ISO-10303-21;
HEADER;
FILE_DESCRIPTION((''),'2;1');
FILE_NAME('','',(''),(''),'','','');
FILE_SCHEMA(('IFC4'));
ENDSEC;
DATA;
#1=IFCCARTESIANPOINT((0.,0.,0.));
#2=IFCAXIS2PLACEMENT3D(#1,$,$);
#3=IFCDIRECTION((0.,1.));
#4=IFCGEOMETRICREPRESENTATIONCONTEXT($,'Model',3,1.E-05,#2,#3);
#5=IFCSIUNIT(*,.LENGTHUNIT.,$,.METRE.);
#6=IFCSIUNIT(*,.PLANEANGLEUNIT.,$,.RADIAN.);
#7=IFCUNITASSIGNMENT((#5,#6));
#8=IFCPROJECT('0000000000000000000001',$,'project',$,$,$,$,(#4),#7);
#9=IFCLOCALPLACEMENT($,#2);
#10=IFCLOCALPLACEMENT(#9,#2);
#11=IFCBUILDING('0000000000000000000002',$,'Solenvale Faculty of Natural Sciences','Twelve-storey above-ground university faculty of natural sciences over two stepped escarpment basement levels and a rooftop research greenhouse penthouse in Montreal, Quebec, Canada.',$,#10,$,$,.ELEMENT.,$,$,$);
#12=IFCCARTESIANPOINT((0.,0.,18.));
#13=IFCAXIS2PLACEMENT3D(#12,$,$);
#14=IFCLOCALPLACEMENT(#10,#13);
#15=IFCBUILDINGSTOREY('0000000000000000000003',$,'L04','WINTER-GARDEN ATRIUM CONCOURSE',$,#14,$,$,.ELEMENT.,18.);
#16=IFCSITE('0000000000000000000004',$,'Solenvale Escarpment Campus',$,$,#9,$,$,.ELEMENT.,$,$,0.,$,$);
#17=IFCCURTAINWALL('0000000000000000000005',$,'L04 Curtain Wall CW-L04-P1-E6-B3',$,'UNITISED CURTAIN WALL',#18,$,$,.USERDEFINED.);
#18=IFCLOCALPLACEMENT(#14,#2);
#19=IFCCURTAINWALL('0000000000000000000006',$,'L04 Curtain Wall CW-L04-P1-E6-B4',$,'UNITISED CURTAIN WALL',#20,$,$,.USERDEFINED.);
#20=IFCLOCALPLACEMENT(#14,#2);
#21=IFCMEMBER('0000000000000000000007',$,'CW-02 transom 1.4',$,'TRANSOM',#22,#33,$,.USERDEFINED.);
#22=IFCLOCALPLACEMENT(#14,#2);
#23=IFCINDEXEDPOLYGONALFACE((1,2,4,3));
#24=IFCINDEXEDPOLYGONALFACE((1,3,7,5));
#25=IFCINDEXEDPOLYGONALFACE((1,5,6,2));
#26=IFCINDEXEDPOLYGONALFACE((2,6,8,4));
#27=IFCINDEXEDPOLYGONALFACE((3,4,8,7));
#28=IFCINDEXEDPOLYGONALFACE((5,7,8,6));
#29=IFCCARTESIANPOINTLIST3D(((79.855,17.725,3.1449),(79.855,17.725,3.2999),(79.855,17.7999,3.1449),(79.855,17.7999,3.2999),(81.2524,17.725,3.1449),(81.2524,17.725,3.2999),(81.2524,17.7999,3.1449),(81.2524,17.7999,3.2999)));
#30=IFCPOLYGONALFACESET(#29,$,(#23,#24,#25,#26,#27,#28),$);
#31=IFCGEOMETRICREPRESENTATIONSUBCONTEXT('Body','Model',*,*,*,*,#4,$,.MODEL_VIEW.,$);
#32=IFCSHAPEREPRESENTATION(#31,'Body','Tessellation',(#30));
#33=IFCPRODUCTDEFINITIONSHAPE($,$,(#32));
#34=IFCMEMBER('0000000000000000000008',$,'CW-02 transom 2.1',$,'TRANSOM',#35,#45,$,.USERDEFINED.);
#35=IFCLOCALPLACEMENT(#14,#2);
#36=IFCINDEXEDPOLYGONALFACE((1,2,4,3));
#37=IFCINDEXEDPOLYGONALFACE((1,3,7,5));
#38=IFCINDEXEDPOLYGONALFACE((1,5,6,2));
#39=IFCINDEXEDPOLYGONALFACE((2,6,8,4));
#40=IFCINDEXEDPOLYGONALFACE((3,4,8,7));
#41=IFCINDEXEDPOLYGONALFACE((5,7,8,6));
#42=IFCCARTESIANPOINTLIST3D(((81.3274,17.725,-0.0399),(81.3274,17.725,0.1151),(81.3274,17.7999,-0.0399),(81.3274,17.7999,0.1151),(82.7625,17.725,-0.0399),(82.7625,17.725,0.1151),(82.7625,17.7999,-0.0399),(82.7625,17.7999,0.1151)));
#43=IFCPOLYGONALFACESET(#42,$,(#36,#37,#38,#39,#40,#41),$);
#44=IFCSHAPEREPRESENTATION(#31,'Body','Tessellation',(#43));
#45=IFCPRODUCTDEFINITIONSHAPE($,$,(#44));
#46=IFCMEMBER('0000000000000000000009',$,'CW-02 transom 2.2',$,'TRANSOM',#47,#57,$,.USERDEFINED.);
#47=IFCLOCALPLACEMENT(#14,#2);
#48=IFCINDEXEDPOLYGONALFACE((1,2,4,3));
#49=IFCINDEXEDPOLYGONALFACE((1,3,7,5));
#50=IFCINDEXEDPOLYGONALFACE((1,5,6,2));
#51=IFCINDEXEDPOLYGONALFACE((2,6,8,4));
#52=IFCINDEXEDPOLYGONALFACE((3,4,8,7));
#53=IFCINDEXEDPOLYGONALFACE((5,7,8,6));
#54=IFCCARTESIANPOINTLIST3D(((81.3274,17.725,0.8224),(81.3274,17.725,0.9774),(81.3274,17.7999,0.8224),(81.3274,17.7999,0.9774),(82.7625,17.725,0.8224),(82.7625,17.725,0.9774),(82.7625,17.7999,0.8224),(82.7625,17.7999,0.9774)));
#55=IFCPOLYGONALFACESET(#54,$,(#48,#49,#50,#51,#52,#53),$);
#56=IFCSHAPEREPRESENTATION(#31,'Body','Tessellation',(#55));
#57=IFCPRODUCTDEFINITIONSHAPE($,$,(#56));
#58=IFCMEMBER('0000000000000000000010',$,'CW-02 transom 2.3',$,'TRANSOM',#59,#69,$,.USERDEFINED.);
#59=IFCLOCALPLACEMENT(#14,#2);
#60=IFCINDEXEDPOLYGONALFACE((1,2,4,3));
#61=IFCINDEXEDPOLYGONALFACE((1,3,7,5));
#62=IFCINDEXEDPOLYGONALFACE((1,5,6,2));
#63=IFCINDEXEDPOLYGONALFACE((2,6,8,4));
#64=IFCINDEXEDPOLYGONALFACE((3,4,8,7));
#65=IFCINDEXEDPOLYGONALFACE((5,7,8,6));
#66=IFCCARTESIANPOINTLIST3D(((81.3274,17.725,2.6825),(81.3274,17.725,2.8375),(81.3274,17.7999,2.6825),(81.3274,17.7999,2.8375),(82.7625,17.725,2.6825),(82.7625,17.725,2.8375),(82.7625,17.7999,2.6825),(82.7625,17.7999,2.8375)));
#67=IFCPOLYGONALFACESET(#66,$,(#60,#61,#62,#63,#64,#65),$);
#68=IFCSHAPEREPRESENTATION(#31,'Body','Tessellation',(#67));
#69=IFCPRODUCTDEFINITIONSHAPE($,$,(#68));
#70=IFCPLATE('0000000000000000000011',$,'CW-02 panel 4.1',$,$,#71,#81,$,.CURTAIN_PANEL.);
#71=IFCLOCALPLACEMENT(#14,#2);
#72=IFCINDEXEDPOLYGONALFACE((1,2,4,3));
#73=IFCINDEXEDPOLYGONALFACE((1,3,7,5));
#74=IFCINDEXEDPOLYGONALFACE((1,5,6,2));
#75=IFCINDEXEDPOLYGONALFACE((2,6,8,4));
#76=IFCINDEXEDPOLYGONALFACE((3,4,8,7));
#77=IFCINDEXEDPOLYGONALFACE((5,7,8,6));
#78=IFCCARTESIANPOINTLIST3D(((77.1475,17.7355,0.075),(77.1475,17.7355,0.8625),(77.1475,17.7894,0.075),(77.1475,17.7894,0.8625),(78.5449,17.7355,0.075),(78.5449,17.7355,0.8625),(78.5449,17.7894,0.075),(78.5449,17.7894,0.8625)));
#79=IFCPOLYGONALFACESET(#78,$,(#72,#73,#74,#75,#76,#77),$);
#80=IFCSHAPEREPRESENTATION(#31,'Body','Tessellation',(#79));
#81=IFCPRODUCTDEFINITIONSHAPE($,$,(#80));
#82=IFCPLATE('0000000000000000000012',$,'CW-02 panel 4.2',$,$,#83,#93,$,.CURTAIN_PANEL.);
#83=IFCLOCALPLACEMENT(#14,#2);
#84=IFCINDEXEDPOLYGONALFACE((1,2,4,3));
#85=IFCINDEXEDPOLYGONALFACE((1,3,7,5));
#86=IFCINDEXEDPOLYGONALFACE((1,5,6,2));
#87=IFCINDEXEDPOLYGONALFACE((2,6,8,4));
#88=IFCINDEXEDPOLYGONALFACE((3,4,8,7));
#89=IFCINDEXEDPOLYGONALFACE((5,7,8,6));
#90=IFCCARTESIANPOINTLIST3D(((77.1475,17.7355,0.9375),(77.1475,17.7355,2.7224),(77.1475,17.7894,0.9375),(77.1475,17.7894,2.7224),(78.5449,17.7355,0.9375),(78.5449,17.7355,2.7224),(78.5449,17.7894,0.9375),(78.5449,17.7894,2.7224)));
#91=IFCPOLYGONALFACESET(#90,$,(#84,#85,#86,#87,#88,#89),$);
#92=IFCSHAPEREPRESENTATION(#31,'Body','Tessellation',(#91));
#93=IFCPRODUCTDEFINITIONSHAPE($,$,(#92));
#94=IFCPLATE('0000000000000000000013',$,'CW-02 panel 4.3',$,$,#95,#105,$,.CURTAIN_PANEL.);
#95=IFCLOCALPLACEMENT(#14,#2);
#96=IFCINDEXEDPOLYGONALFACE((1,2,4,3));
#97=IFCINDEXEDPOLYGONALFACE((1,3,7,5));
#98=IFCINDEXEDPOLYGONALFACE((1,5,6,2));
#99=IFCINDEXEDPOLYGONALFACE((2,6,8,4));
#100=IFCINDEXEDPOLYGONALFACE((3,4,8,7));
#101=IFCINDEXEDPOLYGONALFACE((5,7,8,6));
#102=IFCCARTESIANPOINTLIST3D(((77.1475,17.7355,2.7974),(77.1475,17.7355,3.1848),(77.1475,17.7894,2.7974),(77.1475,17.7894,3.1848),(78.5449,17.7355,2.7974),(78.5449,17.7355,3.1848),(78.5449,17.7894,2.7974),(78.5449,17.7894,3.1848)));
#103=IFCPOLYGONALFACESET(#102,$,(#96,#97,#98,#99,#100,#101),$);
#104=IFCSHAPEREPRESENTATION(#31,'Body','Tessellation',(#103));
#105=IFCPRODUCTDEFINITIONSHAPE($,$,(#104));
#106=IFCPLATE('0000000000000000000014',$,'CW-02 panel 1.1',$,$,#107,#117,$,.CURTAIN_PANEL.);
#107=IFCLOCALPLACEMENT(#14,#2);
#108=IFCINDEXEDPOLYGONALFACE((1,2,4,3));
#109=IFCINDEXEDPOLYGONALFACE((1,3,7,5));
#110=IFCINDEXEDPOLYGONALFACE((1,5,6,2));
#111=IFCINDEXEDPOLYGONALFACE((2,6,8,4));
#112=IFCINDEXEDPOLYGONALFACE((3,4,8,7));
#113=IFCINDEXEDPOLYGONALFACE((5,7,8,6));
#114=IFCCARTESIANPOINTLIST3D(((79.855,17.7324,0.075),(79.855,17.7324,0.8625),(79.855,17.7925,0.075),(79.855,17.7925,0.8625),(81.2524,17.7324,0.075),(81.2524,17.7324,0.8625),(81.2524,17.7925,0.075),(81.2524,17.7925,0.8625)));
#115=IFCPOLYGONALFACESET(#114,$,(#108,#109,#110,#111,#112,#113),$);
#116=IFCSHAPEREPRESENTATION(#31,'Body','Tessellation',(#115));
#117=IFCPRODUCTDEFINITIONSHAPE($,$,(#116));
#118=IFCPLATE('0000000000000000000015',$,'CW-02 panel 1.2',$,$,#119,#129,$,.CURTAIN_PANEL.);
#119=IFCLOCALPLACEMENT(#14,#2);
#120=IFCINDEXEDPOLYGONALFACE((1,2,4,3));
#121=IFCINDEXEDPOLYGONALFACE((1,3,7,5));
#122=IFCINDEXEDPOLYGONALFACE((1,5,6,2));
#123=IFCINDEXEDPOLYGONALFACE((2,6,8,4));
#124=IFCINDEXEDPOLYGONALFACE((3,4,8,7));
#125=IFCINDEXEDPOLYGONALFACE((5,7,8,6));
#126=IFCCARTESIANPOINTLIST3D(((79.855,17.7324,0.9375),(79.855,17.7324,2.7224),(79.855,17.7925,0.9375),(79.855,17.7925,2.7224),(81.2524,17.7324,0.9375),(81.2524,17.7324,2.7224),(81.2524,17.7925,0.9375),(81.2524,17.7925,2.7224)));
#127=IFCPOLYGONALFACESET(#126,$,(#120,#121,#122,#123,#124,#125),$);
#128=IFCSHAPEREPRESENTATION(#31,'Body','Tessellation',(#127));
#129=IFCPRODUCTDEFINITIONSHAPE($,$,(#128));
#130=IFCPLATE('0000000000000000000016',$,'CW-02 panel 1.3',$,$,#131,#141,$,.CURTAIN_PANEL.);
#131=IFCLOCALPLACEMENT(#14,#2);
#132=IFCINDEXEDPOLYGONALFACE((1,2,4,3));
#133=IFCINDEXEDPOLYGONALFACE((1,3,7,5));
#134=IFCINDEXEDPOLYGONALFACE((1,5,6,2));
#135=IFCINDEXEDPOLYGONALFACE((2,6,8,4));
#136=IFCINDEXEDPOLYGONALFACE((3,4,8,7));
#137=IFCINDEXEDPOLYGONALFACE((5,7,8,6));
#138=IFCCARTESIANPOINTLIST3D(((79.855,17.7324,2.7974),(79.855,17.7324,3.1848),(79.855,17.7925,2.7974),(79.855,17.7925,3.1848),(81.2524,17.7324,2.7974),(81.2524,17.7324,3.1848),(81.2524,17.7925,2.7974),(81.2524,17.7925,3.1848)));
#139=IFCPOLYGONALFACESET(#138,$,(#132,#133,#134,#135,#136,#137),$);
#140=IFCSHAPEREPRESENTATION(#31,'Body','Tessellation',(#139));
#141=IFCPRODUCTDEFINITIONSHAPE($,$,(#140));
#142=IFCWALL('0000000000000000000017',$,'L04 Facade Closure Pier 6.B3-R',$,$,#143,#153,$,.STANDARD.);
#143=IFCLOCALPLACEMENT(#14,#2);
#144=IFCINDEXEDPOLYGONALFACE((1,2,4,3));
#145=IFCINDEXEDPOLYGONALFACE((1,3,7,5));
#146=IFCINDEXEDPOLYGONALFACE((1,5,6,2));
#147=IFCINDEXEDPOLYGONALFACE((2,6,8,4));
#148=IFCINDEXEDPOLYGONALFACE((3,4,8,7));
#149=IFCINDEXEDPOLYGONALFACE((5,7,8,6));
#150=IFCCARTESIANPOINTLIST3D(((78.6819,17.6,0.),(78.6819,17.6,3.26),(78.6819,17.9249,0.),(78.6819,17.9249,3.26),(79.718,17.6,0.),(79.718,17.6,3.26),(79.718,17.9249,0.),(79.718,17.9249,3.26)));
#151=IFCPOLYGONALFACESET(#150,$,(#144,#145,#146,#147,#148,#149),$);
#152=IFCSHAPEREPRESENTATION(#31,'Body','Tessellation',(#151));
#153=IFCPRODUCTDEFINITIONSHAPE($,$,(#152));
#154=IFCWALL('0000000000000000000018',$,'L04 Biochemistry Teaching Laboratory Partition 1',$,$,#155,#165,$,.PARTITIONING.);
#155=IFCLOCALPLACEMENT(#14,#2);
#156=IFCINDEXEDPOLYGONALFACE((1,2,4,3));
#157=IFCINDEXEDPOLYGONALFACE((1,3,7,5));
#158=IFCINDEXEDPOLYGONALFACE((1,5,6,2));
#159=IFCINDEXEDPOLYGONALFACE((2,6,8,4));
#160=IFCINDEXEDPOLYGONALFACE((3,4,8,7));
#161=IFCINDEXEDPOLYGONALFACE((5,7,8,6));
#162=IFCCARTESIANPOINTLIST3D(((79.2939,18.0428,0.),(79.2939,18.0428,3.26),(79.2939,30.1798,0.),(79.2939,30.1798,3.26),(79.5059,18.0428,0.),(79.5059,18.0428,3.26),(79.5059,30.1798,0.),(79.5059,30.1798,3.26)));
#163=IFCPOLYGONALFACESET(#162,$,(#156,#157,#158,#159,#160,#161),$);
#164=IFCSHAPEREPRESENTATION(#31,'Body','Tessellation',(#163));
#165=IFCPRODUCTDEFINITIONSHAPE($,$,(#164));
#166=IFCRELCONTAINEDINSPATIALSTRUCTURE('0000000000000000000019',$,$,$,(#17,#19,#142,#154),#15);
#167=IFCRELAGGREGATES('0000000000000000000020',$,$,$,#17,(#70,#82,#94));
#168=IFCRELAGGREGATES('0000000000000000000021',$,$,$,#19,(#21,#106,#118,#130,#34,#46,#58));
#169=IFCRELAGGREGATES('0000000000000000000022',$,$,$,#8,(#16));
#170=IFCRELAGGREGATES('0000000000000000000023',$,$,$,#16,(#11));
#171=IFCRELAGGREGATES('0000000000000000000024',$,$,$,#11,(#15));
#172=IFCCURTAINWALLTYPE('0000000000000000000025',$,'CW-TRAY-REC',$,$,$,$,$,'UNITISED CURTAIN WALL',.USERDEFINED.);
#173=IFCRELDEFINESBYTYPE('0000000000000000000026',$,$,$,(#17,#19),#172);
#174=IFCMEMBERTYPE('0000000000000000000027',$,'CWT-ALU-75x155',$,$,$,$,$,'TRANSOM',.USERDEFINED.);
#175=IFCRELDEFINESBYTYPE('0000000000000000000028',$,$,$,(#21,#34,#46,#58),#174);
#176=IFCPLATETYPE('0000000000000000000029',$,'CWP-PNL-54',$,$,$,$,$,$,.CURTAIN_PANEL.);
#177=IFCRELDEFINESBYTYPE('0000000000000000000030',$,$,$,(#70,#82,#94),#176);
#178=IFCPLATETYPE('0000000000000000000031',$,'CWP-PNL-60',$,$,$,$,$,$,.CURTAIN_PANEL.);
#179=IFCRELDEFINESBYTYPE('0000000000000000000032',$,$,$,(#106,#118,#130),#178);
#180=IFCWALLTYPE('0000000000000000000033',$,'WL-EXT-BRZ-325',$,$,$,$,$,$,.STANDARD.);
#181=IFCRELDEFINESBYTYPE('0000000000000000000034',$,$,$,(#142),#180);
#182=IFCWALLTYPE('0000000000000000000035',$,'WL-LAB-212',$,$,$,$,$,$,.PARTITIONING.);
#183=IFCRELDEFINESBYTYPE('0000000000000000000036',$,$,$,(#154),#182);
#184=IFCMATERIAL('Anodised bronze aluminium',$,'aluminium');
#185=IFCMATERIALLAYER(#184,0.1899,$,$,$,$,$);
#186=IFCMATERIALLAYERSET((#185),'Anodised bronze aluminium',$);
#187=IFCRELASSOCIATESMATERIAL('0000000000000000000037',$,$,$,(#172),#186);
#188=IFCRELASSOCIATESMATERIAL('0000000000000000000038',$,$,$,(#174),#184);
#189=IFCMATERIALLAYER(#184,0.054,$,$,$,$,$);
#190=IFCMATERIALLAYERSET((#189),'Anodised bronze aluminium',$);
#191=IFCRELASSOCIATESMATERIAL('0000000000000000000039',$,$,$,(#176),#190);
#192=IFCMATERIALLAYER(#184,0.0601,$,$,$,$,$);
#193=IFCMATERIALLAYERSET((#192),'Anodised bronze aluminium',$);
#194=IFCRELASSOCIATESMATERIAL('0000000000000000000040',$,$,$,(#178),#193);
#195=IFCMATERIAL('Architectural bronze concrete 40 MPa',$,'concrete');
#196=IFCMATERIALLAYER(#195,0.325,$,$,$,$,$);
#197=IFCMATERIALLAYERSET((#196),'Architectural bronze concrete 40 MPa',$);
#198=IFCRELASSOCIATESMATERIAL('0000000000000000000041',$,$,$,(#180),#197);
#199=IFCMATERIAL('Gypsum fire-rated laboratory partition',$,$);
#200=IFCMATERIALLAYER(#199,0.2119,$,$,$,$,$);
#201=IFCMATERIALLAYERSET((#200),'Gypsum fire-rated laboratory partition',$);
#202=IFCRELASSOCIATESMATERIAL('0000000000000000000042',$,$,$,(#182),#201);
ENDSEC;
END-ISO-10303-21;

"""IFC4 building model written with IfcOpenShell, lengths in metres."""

from ifc_helpers import new_model, si_unit, direction, frame, frame_2d, origin, origin_2d, place, context, subcontext, project, spatial, rectangle, extrude, material, layer, layer_set, material_profile, profile_set, type_object, element, aggregate, save


model = new_model("IFC4")

# Units and contexts
model_context = context("Model", 3, precision=1e-05, world=origin(), true_north=direction((0.0, 1.0)))
body_context = subcontext(model_context, "Body", "Model", "MODEL_VIEW")
ifc_project = project(units=[si_unit("LENGTHUNIT", "METRE"), si_unit("PLANEANGLEUNIT", "RADIAN")], contexts=[model_context])

# Site, building, storey
site_placement = place(None, origin())
site = spatial("IfcSite", under=ifc_project, at=site_placement, Name="Solenvale Escarpment Campus", CompositionType="ELEMENT", RefElevation=0.0)
building_placement = place(site_placement, origin())
building = spatial("IfcBuilding", under=site, at=building_placement, Name="Solenvale Faculty of Natural Sciences", Description="Twelve-storey above-ground university faculty of natural sciences over two stepped escarpment basement levels and a rooftop research greenhouse penthouse in Montreal, Quebec, Canada.", CompositionType="ELEMENT")
storey_placement = place(building_placement, frame((0.0, 0.0, 18.0)))
storey = spatial("IfcBuildingStorey", under=building, at=storey_placement, Name="L04", Description="WINTER-GARDEN ATRIUM CONCOURSE", CompositionType="ELEMENT", Elevation=18.0)

# Shared definitions
ifc_material_1 = material(Name="Architectural bronze concrete 40 MPa", Category="concrete")

# Curtain wall
ifc_material_2 = material(Name="Anodised bronze aluminium", Category="aluminium")
ifc_layer_1 = layer(ifc_material_2, 0.1899)
ifc_layer_set_1 = layer_set([ifc_layer_1], Name="Anodised bronze aluminium")
curtain_wall_type = type_object("IfcCurtainWallType", Name="CW-TRAY-REC", ElementType="UNITISED CURTAIN WALL", PredefinedType="USERDEFINED", material=ifc_layer_set_1)
curtain_wall_1_placement = place(storey_placement, origin())
curtain_wall_1 = element("IfcCurtainWall", 1, at=curtain_wall_1_placement, inside=storey, type_object=curtain_wall_type, Name="L04 Curtain Wall CW-L04-P1-E6-B3", ObjectType="UNITISED CURTAIN WALL", PredefinedType="USERDEFINED")

# Curtain wall, members
curtain_wall_2_placement = place(storey_placement, origin())
curtain_wall_2 = element("IfcCurtainWall", 2, at=curtain_wall_2_placement, inside=storey, type_object=curtain_wall_type, Name="L04 Curtain Wall CW-L04-P1-E6-B4", ObjectType="UNITISED CURTAIN WALL", PredefinedType="USERDEFINED")
ifc_material_profile_1 = material_profile(ifc_material_2, rectangle(XDim=0.075, YDim=0.155, at=origin_2d()), Name="ALU-TRN-75x155")
ifc_profile_set_1 = profile_set([ifc_material_profile_1], Name="Anodised bronze aluminium")
member_type_1 = type_object("IfcMemberType", Name="CWT-ALU-75x155", ElementType="TRANSOM", PredefinedType="USERDEFINED", material=ifc_profile_set_1)
member_1_placement = place(storey_placement, frame((79.855, 17.7625, 3.2224), z_axis=(1.0, 0.0, 0.0), x_axis=(0.0, 1.0, 0.0)))
member_1 = element("IfcMember", 3, at=member_1_placement, type_object=member_type_1, Name="CW-02 transom 1.4", ObjectType="TRANSOM", PredefinedType="USERDEFINED", context=body_context, shape_type="SweptSolid", body=[
    extrude(rectangle(XDim=0.075, YDim=0.155, at=origin_2d()), origin(), (0.0, 0.0, 1.0), 1.3975),
])
member_2_placement = place(storey_placement, frame((81.3274, 17.7625, 0.0376), z_axis=(1.0, 0.0, 0.0), x_axis=(0.0, 1.0, 0.0)))
member_2 = element("IfcMember", 4, at=member_2_placement, type_object=member_type_1, Name="CW-02 transom 2.1", ObjectType="TRANSOM", PredefinedType="USERDEFINED", context=body_context, shape_type="SweptSolid", body=[
    extrude(rectangle(XDim=0.075, YDim=0.155, at=origin_2d()), origin(), (0.0, 0.0, 1.0), 1.4351),
])
member_3_placement = place(storey_placement, frame((81.3274, 17.7625, 0.8999), z_axis=(1.0, 0.0, 0.0), x_axis=(0.0, 1.0, 0.0)))
member_3 = element("IfcMember", 5, at=member_3_placement, type_object=member_type_1, Name="CW-02 transom 2.2", ObjectType="TRANSOM", PredefinedType="USERDEFINED", context=body_context, shape_type="SweptSolid", body=[
    extrude(rectangle(XDim=0.075, YDim=0.155, at=origin_2d()), origin(), (0.0, 0.0, 1.0), 1.4351),
])
member_4_placement = place(storey_placement, frame((81.3274, 17.7625, 2.76), z_axis=(1.0, 0.0, 0.0), x_axis=(0.0, 1.0, 0.0)))
member_4 = element("IfcMember", 6, at=member_4_placement, type_object=member_type_1, Name="CW-02 transom 2.3", ObjectType="TRANSOM", PredefinedType="USERDEFINED", context=body_context, shape_type="SweptSolid", body=[
    extrude(rectangle(XDim=0.075, YDim=0.155, at=origin_2d()), origin(), (0.0, 0.0, 1.0), 1.4351),
])

# Plates
ifc_layer_2 = layer(ifc_material_2, 0.054)
ifc_layer_set_2 = layer_set([ifc_layer_2], Name="Anodised bronze aluminium")
plate_type_1 = type_object("IfcPlateType", Name="CWP-PNL-54", PredefinedType="CURTAIN_PANEL", material=ifc_layer_set_2)
plate_1_placement = place(storey_placement, frame((77.8462, 17.7625, 0.075), z_axis=(0.0, 0.0, 1.0), x_axis=(1.0, 0.0, 0.0)))
plate_1 = element("IfcPlate", 7, at=plate_1_placement, type_object=plate_type_1, Name="CW-02 panel 4.1", PredefinedType="CURTAIN_PANEL", context=body_context, shape_type="SweptSolid", body=[
    extrude(rectangle(XDim=1.3975, YDim=0.054, at=origin_2d()), origin(), (0.0, 0.0, 1.0), 0.7876),
])
plate_2_placement = place(storey_placement, frame((77.8462, 17.7625, 0.9375), z_axis=(0.0, 0.0, 1.0), x_axis=(1.0, 0.0, 0.0)))
plate_2 = element("IfcPlate", 8, at=plate_2_placement, type_object=plate_type_1, Name="CW-02 panel 4.2", PredefinedType="CURTAIN_PANEL", context=body_context, shape_type="SweptSolid", body=[
    extrude(rectangle(XDim=1.3975, YDim=0.054, at=origin_2d()), origin(), (0.0, 0.0, 1.0), 1.7849),
])
plate_3_placement = place(storey_placement, frame((77.8462, 17.7625, 2.7974), z_axis=(0.0, 0.0, 1.0), x_axis=(1.0, 0.0, 0.0)))
plate_3 = element("IfcPlate", 9, at=plate_3_placement, type_object=plate_type_1, Name="CW-02 panel 4.3", PredefinedType="CURTAIN_PANEL", context=body_context, shape_type="SweptSolid", body=[
    extrude(rectangle(XDim=1.3975, YDim=0.054, at=origin_2d()), origin(), (0.0, 0.0, 1.0), 0.3875),
])
aggregate(curtain_wall_1, [plate_1, plate_2, plate_3])
ifc_layer_3 = layer(ifc_material_2, 0.0601)
ifc_layer_set_3 = layer_set([ifc_layer_3], Name="Anodised bronze aluminium")
plate_type_2 = type_object("IfcPlateType", Name="CWP-PNL-60", PredefinedType="CURTAIN_PANEL", material=ifc_layer_set_3)
plate_4_placement = place(storey_placement, frame((80.5537, 17.7625, 0.075), z_axis=(0.0, 0.0, 1.0), x_axis=(1.0, 0.0, 0.0)))
plate_4 = element("IfcPlate", 10, at=plate_4_placement, type_object=plate_type_2, Name="CW-02 panel 1.1", PredefinedType="CURTAIN_PANEL", context=body_context, shape_type="SweptSolid", body=[
    extrude(rectangle(XDim=1.3975, YDim=0.0601, at=origin_2d()), origin(), (0.0, 0.0, 1.0), 0.7876),
])
plate_5_placement = place(storey_placement, frame((80.5537, 17.7625, 0.9375), z_axis=(0.0, 0.0, 1.0), x_axis=(1.0, 0.0, 0.0)))
plate_5 = element("IfcPlate", 11, at=plate_5_placement, type_object=plate_type_2, Name="CW-02 panel 1.2", PredefinedType="CURTAIN_PANEL", context=body_context, shape_type="SweptSolid", body=[
    extrude(rectangle(XDim=1.3975, YDim=0.0601, at=origin_2d()), origin(), (0.0, 0.0, 1.0), 1.7849),
])
plate_6_placement = place(storey_placement, frame((80.5537, 17.7625, 2.7974), z_axis=(0.0, 0.0, 1.0), x_axis=(1.0, 0.0, 0.0)))
plate_6 = element("IfcPlate", 12, at=plate_6_placement, type_object=plate_type_2, Name="CW-02 panel 1.3", PredefinedType="CURTAIN_PANEL", context=body_context, shape_type="SweptSolid", body=[
    extrude(rectangle(XDim=1.3975, YDim=0.0601, at=origin_2d()), origin(), (0.0, 0.0, 1.0), 0.3875),
])
aggregate(curtain_wall_2, [member_1, plate_4, plate_5, plate_6, member_2, member_3, member_4])

# Walls
ifc_layer_4 = layer(ifc_material_1, 0.325)
ifc_layer_set_4 = layer_set([ifc_layer_4], Name="Architectural bronze concrete 40 MPa")
wall_type_1 = type_object("IfcWallType", Name="WL-EXT-BRZ-325", PredefinedType="STANDARD", material=ifc_layer_set_4)
wall_1_placement = place(storey_placement, frame((78.6819, 17.7625, 0.0), z_axis=(0.0, 0.0, 1.0), x_axis=(1.0, 0.0, 0.0)))
element("IfcWall", 13, at=wall_1_placement, inside=storey, type_object=wall_type_1, Name="L04 Facade Closure Pier 6.B3-R", PredefinedType="STANDARD", context=body_context, shape_type="SweptSolid", body=[
    extrude(rectangle(XDim=1.0361, YDim=0.325, at=frame_2d((0.5181, 0.0))), origin(), (0.0, 0.0, 1.0), 3.26),
])
ifc_material_3 = material(Name="Gypsum fire-rated laboratory partition")
ifc_layer_5 = layer(ifc_material_3, 0.2119)
ifc_layer_set_5 = layer_set([ifc_layer_5], Name="Gypsum fire-rated laboratory partition")
wall_type_2 = type_object("IfcWallType", Name="WL-LAB-212", PredefinedType="PARTITIONING", material=ifc_layer_set_5)
wall_2_placement = place(storey_placement, frame((79.3999, 18.043, 0.0), z_axis=(0.0, 0.0, 1.0), x_axis=(0.0, 1.0, 0.0)))
element("IfcWall", 14, at=wall_2_placement, inside=storey, type_object=wall_type_2, Name="L04 Biochemistry Teaching Laboratory Partition 1", PredefinedType="PARTITIONING", context=body_context, shape_type="SweptSolid", body=[
    extrude(rectangle(XDim=12.137, YDim=0.2119, at=frame_2d((6.0684, 0.0))), origin(), (0.0, 0.0, 1.0), 3.26),
])

save(model, "model.ifc")
